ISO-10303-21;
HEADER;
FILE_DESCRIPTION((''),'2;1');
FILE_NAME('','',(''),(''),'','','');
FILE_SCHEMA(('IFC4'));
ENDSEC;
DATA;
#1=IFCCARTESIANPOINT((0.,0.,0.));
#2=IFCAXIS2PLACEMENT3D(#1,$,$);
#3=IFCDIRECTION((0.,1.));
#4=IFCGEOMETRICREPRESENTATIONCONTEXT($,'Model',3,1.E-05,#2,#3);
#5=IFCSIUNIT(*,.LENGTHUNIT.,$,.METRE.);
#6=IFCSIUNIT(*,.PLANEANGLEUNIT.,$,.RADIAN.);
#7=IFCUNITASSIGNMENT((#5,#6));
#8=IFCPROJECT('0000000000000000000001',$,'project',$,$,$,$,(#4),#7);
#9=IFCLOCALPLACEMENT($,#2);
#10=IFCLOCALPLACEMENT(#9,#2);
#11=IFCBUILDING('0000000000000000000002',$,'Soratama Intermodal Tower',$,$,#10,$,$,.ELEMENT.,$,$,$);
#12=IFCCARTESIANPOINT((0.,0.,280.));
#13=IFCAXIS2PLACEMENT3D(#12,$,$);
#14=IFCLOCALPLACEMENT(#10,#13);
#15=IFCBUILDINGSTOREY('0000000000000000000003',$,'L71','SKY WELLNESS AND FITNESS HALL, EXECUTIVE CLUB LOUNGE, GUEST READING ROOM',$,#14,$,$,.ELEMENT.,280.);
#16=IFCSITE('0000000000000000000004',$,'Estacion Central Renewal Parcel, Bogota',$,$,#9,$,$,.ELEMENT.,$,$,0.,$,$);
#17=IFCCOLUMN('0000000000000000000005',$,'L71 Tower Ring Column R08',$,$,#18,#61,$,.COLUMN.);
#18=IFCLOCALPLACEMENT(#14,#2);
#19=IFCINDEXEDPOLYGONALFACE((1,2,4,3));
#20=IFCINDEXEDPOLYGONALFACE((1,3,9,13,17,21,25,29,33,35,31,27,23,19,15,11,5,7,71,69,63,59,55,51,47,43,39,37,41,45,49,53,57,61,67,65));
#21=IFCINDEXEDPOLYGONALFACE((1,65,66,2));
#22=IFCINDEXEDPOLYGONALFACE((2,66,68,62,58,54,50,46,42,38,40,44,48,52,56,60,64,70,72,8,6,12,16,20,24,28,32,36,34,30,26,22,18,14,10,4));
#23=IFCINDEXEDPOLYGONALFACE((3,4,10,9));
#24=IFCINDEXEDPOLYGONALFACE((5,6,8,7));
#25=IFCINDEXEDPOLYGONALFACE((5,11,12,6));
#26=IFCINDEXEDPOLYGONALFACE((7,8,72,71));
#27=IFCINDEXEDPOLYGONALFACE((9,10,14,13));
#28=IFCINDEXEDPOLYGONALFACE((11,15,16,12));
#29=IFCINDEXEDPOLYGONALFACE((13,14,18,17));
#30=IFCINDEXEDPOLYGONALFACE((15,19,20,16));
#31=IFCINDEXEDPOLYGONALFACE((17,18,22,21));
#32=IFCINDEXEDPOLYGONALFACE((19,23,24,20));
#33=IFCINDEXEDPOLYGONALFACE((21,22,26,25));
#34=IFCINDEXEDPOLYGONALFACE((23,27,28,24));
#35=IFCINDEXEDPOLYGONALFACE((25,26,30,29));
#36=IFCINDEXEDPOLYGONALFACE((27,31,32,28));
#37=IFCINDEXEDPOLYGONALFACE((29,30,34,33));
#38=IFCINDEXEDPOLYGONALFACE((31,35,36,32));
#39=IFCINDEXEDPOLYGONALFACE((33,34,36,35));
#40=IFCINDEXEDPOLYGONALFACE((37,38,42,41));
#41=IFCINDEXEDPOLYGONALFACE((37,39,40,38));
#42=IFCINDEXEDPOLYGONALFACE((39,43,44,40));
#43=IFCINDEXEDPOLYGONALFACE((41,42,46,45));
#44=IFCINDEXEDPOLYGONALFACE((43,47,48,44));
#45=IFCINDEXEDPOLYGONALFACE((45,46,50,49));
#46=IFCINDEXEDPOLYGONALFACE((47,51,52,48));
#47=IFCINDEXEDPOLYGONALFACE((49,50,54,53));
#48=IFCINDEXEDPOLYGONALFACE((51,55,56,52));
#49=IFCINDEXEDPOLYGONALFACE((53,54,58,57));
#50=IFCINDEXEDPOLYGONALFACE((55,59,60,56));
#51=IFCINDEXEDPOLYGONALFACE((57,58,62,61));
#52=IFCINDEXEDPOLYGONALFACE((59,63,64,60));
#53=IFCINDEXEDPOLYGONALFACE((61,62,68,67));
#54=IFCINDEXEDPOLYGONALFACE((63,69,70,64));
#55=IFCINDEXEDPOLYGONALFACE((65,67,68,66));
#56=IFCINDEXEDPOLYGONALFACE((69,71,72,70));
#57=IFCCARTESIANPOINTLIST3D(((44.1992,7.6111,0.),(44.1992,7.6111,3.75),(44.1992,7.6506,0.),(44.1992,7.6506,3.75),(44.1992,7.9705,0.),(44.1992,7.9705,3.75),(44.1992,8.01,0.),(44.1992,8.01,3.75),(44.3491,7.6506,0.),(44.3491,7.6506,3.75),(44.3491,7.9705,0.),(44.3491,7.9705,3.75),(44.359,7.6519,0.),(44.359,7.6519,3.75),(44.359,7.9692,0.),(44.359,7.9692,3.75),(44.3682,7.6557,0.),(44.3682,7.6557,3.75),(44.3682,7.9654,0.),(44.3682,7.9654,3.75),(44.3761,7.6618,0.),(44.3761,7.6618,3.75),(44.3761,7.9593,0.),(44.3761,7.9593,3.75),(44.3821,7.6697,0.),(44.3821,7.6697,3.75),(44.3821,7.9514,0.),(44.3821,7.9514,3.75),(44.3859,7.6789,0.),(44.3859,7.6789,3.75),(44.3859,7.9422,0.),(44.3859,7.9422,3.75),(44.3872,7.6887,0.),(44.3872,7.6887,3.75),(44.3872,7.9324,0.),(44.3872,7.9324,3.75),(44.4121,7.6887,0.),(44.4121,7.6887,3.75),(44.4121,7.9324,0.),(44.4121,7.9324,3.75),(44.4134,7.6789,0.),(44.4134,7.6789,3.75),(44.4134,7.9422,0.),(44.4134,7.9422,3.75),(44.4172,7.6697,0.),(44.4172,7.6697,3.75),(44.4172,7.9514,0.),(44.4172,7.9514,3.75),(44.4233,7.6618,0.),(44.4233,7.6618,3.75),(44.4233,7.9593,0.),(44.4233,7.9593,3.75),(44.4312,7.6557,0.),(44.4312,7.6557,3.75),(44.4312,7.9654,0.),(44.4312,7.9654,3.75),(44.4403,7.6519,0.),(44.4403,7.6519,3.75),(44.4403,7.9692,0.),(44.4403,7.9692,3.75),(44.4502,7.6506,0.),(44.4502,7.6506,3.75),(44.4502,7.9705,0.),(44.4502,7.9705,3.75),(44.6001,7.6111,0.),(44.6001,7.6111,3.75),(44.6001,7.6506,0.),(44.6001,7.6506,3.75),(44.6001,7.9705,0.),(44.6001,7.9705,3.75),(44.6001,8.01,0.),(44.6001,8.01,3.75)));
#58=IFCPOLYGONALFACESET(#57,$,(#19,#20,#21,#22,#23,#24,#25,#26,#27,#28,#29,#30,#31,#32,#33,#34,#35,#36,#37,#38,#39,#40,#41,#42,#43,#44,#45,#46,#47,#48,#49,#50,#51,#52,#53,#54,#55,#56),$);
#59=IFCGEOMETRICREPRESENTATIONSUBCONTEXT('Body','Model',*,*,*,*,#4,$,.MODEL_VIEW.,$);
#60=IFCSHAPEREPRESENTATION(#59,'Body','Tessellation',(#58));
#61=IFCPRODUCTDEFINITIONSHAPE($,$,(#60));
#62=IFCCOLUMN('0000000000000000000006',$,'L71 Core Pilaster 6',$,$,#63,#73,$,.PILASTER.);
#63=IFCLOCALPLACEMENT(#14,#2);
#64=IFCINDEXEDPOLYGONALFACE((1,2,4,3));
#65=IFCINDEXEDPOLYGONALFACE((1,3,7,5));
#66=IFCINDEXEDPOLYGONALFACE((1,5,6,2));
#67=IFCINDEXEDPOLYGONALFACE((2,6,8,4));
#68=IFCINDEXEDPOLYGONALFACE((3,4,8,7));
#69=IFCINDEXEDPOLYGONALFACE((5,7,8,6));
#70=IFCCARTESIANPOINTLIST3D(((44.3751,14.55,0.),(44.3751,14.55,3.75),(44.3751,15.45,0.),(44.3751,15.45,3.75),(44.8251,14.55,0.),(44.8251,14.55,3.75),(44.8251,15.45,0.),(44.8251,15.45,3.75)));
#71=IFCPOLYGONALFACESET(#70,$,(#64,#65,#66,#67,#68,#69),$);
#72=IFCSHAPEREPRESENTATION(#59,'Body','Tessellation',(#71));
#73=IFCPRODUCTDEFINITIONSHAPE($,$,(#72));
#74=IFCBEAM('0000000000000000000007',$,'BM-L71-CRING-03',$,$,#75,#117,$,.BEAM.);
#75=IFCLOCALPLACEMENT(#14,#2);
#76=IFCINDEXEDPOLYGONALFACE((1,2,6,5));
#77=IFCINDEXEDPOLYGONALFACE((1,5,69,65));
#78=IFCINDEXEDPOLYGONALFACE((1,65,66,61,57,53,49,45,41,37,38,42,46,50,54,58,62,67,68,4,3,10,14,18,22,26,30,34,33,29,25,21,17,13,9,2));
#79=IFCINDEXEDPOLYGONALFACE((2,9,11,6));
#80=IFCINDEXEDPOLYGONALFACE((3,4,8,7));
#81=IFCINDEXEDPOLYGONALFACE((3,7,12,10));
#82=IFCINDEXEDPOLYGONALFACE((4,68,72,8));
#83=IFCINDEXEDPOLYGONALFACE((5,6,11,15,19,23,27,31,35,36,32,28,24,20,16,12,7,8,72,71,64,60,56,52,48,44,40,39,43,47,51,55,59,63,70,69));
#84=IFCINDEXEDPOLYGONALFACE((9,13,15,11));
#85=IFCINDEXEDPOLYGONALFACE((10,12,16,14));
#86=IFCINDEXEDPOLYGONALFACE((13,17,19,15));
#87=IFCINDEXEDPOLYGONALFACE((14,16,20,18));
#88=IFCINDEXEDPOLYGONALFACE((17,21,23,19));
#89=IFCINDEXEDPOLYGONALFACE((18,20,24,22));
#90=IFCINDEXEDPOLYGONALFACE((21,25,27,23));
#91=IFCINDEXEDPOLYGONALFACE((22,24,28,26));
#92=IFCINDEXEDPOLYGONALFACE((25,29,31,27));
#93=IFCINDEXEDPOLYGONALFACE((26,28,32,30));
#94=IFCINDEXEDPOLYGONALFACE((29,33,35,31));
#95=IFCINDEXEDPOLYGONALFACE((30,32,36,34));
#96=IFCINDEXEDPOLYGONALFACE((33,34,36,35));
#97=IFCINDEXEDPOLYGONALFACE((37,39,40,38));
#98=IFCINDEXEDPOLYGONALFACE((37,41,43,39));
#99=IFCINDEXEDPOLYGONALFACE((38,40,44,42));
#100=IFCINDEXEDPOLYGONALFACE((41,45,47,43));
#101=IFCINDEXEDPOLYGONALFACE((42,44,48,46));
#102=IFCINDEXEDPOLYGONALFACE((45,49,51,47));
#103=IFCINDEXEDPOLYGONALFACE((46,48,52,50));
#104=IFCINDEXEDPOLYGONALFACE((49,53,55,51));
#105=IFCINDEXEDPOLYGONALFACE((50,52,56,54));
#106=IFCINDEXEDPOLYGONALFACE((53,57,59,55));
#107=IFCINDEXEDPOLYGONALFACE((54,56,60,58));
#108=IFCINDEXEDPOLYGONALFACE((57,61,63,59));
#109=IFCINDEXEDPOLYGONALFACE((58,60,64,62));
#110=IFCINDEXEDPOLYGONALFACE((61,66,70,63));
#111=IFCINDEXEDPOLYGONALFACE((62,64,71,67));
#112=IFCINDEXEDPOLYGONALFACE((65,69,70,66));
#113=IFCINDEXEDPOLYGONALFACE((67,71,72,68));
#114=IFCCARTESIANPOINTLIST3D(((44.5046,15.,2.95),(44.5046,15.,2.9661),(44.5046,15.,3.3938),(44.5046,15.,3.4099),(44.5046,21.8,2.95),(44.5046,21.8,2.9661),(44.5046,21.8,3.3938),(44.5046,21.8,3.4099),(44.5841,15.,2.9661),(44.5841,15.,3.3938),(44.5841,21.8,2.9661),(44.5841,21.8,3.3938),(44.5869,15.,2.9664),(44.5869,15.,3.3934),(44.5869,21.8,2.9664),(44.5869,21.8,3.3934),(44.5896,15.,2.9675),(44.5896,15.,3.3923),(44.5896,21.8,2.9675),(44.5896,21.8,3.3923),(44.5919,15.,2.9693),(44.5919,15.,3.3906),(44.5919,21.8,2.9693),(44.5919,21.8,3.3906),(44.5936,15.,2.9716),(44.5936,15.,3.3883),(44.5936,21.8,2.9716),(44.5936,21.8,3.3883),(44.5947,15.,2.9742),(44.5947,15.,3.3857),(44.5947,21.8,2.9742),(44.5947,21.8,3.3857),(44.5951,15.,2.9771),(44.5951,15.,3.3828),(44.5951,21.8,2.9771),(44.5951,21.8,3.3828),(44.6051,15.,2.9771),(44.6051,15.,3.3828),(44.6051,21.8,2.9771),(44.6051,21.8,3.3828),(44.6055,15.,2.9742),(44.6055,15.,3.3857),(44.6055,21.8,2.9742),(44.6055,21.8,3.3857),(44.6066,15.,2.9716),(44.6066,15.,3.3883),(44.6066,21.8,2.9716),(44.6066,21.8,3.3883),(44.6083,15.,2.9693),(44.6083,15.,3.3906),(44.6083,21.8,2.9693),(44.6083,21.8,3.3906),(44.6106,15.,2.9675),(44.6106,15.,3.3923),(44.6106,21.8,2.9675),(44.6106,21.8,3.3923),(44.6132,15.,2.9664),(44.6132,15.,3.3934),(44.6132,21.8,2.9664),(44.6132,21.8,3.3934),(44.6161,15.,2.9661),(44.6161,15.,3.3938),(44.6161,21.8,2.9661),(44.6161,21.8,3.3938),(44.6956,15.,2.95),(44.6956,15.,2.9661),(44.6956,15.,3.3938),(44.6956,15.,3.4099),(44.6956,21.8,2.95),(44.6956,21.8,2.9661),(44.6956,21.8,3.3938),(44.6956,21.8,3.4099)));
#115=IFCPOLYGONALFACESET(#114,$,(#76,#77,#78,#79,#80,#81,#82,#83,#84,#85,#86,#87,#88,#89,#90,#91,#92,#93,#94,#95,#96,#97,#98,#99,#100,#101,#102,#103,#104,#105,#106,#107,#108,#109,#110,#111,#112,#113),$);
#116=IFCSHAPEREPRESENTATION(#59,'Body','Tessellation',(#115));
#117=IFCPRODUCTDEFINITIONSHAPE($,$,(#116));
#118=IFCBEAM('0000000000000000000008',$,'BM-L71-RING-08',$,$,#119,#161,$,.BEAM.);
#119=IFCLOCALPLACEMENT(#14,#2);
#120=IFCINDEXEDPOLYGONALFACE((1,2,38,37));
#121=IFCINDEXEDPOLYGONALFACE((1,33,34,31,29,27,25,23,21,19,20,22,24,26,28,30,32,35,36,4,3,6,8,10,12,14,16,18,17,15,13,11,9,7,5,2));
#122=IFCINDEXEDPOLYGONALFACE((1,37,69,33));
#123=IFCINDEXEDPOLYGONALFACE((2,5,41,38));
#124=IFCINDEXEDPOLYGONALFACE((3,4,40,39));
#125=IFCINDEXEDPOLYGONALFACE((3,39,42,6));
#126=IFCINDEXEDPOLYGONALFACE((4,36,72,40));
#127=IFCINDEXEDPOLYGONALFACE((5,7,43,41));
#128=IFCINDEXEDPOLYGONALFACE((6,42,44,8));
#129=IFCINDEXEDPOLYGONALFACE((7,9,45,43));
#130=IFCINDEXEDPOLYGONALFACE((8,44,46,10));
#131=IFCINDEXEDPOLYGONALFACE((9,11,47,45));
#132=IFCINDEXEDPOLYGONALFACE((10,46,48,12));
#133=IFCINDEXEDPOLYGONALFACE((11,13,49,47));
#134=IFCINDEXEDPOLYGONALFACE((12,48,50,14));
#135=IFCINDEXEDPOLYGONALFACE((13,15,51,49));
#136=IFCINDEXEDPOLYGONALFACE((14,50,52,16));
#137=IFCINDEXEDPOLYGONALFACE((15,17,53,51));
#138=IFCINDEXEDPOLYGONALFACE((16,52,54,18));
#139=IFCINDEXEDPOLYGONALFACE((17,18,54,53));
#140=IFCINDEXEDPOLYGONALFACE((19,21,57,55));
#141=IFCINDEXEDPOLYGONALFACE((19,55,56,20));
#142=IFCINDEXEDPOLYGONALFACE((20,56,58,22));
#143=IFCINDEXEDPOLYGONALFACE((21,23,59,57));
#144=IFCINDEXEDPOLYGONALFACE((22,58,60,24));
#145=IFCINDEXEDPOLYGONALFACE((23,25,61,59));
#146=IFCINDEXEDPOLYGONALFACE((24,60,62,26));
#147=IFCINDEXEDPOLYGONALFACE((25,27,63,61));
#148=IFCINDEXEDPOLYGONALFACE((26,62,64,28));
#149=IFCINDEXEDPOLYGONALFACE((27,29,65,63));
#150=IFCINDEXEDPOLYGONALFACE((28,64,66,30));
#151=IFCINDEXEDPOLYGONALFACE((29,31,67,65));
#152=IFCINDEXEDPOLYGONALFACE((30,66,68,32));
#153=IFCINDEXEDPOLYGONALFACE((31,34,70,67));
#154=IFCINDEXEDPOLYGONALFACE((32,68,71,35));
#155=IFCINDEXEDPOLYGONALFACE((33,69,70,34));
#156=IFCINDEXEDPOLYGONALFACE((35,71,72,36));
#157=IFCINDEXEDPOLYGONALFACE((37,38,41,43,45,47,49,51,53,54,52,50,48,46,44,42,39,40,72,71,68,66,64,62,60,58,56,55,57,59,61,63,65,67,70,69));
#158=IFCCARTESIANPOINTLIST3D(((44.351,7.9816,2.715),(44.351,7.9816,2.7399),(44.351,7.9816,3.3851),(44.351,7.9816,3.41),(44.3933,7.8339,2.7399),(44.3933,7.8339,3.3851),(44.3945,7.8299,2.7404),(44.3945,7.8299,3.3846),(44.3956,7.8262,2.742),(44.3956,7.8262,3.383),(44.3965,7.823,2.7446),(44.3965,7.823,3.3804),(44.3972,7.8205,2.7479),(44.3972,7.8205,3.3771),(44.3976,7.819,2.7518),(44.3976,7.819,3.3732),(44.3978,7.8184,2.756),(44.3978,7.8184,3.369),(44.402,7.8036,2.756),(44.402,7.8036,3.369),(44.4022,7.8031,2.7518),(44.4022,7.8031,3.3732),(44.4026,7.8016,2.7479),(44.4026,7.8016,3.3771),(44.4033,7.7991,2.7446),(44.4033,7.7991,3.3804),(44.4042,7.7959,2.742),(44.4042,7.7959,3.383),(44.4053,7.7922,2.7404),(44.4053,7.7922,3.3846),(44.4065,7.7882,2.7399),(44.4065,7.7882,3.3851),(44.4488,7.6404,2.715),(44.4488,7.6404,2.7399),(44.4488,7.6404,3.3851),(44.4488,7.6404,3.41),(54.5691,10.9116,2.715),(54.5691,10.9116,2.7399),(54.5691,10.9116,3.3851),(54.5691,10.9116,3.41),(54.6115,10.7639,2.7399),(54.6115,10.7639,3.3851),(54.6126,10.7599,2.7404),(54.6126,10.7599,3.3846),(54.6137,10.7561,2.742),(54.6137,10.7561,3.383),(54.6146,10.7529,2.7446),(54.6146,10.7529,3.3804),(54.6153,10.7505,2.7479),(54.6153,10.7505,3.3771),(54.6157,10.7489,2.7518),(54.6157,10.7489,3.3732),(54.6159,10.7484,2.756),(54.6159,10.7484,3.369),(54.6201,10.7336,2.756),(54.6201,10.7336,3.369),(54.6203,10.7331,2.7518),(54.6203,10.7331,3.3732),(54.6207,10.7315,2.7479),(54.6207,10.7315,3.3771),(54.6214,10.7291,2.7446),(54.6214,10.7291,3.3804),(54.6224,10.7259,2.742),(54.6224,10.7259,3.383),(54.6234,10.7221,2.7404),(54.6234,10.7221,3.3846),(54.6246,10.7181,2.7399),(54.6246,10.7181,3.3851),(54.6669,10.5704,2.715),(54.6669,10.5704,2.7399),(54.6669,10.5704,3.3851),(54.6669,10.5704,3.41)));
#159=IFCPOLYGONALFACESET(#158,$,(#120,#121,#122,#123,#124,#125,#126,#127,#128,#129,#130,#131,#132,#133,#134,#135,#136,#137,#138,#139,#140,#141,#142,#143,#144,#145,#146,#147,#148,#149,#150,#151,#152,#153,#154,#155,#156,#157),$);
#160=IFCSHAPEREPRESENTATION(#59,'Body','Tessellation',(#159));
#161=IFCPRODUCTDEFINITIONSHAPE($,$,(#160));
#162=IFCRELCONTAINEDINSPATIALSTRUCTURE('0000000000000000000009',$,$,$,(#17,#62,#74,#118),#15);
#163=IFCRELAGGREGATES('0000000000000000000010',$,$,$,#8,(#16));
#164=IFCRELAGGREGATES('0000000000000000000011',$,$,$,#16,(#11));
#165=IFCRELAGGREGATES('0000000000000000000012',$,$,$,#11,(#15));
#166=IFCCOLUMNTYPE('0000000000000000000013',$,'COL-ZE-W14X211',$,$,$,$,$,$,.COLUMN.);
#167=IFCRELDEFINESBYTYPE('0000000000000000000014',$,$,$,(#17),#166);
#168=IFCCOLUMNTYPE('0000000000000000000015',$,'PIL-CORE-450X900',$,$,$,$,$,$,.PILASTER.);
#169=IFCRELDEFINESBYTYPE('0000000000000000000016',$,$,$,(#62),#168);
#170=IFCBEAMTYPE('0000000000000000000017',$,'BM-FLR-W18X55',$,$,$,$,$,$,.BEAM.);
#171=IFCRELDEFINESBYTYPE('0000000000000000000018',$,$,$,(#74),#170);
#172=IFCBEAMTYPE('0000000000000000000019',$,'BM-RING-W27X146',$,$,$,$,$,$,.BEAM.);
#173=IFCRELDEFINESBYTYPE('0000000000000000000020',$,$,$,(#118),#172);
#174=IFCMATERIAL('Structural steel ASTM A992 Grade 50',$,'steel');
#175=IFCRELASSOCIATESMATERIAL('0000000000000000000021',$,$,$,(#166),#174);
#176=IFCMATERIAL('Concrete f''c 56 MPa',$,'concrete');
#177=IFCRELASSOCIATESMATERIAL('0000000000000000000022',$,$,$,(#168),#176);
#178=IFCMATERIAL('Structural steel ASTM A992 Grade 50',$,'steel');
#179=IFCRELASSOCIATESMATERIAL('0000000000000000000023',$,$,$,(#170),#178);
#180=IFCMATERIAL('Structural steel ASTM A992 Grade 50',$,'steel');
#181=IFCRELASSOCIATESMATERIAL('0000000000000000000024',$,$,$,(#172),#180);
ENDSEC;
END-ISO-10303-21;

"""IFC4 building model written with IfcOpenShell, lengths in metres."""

from ifc_helpers import new_model, si_unit, direction, frame, origin, origin_2d, place, context, subcontext, project, spatial, rectangle, i_section, extrude, material, material_profile, profile_set, type_object, element, save


model = new_model("IFC4")

# Units and contexts
model_context = context("Model", 3, precision=1e-05, world=origin(), true_north=direction((0.0, 1.0)))
body_context = subcontext(model_context, "Body", "Model", "MODEL_VIEW")
ifc_project = project(units=[si_unit("LENGTHUNIT", "METRE"), si_unit("PLANEANGLEUNIT", "RADIAN")], contexts=[model_context])

# Site, building, storey
site_placement = place(None, origin())
site = spatial("IfcSite", under=ifc_project, at=site_placement, Name="Estacion Central Renewal Parcel, Bogota", CompositionType="ELEMENT", RefElevation=0.0)
building_placement = place(site_placement, origin())
building = spatial("IfcBuilding", under=site, at=building_placement, Name="Soratama Intermodal Tower", CompositionType="ELEMENT")
storey_placement = place(building_placement, frame((0.0, 0.0, 280.0)))
storey = spatial("IfcBuildingStorey", under=building, at=storey_placement, Name="L71", Description="SKY WELLNESS AND FITNESS HALL, EXECUTIVE CLUB LOUNGE, GUEST READING ROOM", CompositionType="ELEMENT", Elevation=280.0)

# Columns
ifc_material_1 = material(Name="Structural steel ASTM A992 Grade 50", Category="steel")
ifc_material_profile_1 = material_profile(ifc_material_1, i_section(OverallWidth=0.4009, OverallDepth=0.3989, WebThickness=0.0249, FlangeThickness=0.0396, FilletRadius=0.0381, at=origin_2d()), Name="W14X211")
ifc_profile_set_1 = profile_set([ifc_material_profile_1], Name="Structural steel ASTM A992 Grade 50")
column_type_1 = type_object("IfcColumnType", Name="COL-ZE-W14X211", PredefinedType="COLUMN", material=ifc_profile_set_1)
column_1_placement = place(storey_placement, frame((44.3997, 7.8105, 0.0), z_axis=(0.0, 0.0, 1.0), x_axis=(1.0, 0.0, 0.0)))
element("IfcColumn", 1, at=column_1_placement, inside=storey, type_object=column_type_1, Name="L71 Tower Ring Column R08", PredefinedType="COLUMN", context=body_context, shape_type="SweptSolid", body=[
    extrude(i_section(OverallWidth=0.4009, OverallDepth=0.3989, WebThickness=0.0249, FlangeThickness=0.0396, FilletRadius=0.0381, at=origin_2d()), origin(), (0.0, 0.0, 1.0), 3.75),
])
ifc_material_2 = material(Name="Concrete f'c 56 MPa", Category="concrete")
ifc_material_profile_2 = material_profile(ifc_material_2, rectangle(XDim=0.45, YDim=0.8999, at=origin_2d()), Name="RC450X900")
ifc_profile_set_2 = profile_set([ifc_material_profile_2], Name="Concrete f'c 56 MPa")
column_type_2 = type_object("IfcColumnType", Name="PIL-CORE-450X900", PredefinedType="PILASTER", material=ifc_profile_set_2)
column_2_placement = place(storey_placement, frame((44.6001, 15.0, 0.0), z_axis=(0.0, 0.0, 1.0), x_axis=(1.0, 0.0, 0.0)))
element("IfcColumn", 2, at=column_2_placement, inside=storey, type_object=column_type_2, Name="L71 Core Pilaster 6", PredefinedType="PILASTER", context=body_context, shape_type="SweptSolid", body=[
    extrude(rectangle(XDim=0.45, YDim=0.8999, at=origin_2d()), origin(), (0.0, 0.0, 1.0), 3.75),
])

# Beams
ifc_material_3 = material(Name="Structural steel ASTM A992 Grade 50", Category="steel")
ifc_material_profile_3 = material_profile(ifc_material_3, i_section(OverallWidth=0.1909, OverallDepth=0.46, WebThickness=0.01, FlangeThickness=0.0161, FilletRadius=0.011, at=origin_2d()), Name="W18X55")
ifc_profile_set_3 = profile_set([ifc_material_profile_3], Name="Structural steel ASTM A992 Grade 50")
beam_type_1 = type_object("IfcBeamType", Name="BM-FLR-W18X55", PredefinedType="BEAM", material=ifc_profile_set_3)
beam_1_placement = place(storey_placement, frame((44.6001, 15.0, 3.1799), z_axis=(0.0, 1.0, 0.0), x_axis=(-1.0, 0.0, 0.0)))
element("IfcBeam", 3, at=beam_1_placement, inside=storey, type_object=beam_type_1, Name="BM-L71-CRING-03", PredefinedType="BEAM", context=body_context, shape_type="SweptSolid", body=[
    extrude(i_section(OverallWidth=0.1909, OverallDepth=0.46, WebThickness=0.01, FlangeThickness=0.0161, FilletRadius=0.011, at=origin_2d()), origin(), (0.0, 0.0, 1.0), 6.8),
])
ifc_material_4 = material(Name="Structural steel ASTM A992 Grade 50", Category="steel")
ifc_material_profile_4 = material_profile(ifc_material_4, i_section(OverallWidth=0.355, OverallDepth=0.6951, WebThickness=0.0154, FlangeThickness=0.0249, FilletRadius=0.0161, at=origin_2d()), Name="W27X146")
ifc_profile_set_4 = profile_set([ifc_material_profile_4], Name="Structural steel ASTM A992 Grade 50")
beam_type_2 = type_object("IfcBeamType", Name="BM-RING-W27X146", PredefinedType="BEAM", material=ifc_profile_set_4)
beam_2_placement = place(storey_placement, frame((44.3999, 7.811, 3.0625), z_axis=(0.961263, 0.275634, 0.0), x_axis=(-0.275634, 0.961263, 0.0)))
element("IfcBeam", 4, at=beam_2_placement, inside=storey, type_object=beam_type_2, Name="BM-L71-RING-08", PredefinedType="BEAM", context=body_context, shape_type="SweptSolid", body=[
    extrude(i_section(OverallWidth=0.355, OverallDepth=0.6951, WebThickness=0.0154, FlangeThickness=0.0249, FilletRadius=0.0161, at=origin_2d()), origin(), (0.0, 0.0, 1.0), 10.6299),
])

save(model, "model.ifc")
